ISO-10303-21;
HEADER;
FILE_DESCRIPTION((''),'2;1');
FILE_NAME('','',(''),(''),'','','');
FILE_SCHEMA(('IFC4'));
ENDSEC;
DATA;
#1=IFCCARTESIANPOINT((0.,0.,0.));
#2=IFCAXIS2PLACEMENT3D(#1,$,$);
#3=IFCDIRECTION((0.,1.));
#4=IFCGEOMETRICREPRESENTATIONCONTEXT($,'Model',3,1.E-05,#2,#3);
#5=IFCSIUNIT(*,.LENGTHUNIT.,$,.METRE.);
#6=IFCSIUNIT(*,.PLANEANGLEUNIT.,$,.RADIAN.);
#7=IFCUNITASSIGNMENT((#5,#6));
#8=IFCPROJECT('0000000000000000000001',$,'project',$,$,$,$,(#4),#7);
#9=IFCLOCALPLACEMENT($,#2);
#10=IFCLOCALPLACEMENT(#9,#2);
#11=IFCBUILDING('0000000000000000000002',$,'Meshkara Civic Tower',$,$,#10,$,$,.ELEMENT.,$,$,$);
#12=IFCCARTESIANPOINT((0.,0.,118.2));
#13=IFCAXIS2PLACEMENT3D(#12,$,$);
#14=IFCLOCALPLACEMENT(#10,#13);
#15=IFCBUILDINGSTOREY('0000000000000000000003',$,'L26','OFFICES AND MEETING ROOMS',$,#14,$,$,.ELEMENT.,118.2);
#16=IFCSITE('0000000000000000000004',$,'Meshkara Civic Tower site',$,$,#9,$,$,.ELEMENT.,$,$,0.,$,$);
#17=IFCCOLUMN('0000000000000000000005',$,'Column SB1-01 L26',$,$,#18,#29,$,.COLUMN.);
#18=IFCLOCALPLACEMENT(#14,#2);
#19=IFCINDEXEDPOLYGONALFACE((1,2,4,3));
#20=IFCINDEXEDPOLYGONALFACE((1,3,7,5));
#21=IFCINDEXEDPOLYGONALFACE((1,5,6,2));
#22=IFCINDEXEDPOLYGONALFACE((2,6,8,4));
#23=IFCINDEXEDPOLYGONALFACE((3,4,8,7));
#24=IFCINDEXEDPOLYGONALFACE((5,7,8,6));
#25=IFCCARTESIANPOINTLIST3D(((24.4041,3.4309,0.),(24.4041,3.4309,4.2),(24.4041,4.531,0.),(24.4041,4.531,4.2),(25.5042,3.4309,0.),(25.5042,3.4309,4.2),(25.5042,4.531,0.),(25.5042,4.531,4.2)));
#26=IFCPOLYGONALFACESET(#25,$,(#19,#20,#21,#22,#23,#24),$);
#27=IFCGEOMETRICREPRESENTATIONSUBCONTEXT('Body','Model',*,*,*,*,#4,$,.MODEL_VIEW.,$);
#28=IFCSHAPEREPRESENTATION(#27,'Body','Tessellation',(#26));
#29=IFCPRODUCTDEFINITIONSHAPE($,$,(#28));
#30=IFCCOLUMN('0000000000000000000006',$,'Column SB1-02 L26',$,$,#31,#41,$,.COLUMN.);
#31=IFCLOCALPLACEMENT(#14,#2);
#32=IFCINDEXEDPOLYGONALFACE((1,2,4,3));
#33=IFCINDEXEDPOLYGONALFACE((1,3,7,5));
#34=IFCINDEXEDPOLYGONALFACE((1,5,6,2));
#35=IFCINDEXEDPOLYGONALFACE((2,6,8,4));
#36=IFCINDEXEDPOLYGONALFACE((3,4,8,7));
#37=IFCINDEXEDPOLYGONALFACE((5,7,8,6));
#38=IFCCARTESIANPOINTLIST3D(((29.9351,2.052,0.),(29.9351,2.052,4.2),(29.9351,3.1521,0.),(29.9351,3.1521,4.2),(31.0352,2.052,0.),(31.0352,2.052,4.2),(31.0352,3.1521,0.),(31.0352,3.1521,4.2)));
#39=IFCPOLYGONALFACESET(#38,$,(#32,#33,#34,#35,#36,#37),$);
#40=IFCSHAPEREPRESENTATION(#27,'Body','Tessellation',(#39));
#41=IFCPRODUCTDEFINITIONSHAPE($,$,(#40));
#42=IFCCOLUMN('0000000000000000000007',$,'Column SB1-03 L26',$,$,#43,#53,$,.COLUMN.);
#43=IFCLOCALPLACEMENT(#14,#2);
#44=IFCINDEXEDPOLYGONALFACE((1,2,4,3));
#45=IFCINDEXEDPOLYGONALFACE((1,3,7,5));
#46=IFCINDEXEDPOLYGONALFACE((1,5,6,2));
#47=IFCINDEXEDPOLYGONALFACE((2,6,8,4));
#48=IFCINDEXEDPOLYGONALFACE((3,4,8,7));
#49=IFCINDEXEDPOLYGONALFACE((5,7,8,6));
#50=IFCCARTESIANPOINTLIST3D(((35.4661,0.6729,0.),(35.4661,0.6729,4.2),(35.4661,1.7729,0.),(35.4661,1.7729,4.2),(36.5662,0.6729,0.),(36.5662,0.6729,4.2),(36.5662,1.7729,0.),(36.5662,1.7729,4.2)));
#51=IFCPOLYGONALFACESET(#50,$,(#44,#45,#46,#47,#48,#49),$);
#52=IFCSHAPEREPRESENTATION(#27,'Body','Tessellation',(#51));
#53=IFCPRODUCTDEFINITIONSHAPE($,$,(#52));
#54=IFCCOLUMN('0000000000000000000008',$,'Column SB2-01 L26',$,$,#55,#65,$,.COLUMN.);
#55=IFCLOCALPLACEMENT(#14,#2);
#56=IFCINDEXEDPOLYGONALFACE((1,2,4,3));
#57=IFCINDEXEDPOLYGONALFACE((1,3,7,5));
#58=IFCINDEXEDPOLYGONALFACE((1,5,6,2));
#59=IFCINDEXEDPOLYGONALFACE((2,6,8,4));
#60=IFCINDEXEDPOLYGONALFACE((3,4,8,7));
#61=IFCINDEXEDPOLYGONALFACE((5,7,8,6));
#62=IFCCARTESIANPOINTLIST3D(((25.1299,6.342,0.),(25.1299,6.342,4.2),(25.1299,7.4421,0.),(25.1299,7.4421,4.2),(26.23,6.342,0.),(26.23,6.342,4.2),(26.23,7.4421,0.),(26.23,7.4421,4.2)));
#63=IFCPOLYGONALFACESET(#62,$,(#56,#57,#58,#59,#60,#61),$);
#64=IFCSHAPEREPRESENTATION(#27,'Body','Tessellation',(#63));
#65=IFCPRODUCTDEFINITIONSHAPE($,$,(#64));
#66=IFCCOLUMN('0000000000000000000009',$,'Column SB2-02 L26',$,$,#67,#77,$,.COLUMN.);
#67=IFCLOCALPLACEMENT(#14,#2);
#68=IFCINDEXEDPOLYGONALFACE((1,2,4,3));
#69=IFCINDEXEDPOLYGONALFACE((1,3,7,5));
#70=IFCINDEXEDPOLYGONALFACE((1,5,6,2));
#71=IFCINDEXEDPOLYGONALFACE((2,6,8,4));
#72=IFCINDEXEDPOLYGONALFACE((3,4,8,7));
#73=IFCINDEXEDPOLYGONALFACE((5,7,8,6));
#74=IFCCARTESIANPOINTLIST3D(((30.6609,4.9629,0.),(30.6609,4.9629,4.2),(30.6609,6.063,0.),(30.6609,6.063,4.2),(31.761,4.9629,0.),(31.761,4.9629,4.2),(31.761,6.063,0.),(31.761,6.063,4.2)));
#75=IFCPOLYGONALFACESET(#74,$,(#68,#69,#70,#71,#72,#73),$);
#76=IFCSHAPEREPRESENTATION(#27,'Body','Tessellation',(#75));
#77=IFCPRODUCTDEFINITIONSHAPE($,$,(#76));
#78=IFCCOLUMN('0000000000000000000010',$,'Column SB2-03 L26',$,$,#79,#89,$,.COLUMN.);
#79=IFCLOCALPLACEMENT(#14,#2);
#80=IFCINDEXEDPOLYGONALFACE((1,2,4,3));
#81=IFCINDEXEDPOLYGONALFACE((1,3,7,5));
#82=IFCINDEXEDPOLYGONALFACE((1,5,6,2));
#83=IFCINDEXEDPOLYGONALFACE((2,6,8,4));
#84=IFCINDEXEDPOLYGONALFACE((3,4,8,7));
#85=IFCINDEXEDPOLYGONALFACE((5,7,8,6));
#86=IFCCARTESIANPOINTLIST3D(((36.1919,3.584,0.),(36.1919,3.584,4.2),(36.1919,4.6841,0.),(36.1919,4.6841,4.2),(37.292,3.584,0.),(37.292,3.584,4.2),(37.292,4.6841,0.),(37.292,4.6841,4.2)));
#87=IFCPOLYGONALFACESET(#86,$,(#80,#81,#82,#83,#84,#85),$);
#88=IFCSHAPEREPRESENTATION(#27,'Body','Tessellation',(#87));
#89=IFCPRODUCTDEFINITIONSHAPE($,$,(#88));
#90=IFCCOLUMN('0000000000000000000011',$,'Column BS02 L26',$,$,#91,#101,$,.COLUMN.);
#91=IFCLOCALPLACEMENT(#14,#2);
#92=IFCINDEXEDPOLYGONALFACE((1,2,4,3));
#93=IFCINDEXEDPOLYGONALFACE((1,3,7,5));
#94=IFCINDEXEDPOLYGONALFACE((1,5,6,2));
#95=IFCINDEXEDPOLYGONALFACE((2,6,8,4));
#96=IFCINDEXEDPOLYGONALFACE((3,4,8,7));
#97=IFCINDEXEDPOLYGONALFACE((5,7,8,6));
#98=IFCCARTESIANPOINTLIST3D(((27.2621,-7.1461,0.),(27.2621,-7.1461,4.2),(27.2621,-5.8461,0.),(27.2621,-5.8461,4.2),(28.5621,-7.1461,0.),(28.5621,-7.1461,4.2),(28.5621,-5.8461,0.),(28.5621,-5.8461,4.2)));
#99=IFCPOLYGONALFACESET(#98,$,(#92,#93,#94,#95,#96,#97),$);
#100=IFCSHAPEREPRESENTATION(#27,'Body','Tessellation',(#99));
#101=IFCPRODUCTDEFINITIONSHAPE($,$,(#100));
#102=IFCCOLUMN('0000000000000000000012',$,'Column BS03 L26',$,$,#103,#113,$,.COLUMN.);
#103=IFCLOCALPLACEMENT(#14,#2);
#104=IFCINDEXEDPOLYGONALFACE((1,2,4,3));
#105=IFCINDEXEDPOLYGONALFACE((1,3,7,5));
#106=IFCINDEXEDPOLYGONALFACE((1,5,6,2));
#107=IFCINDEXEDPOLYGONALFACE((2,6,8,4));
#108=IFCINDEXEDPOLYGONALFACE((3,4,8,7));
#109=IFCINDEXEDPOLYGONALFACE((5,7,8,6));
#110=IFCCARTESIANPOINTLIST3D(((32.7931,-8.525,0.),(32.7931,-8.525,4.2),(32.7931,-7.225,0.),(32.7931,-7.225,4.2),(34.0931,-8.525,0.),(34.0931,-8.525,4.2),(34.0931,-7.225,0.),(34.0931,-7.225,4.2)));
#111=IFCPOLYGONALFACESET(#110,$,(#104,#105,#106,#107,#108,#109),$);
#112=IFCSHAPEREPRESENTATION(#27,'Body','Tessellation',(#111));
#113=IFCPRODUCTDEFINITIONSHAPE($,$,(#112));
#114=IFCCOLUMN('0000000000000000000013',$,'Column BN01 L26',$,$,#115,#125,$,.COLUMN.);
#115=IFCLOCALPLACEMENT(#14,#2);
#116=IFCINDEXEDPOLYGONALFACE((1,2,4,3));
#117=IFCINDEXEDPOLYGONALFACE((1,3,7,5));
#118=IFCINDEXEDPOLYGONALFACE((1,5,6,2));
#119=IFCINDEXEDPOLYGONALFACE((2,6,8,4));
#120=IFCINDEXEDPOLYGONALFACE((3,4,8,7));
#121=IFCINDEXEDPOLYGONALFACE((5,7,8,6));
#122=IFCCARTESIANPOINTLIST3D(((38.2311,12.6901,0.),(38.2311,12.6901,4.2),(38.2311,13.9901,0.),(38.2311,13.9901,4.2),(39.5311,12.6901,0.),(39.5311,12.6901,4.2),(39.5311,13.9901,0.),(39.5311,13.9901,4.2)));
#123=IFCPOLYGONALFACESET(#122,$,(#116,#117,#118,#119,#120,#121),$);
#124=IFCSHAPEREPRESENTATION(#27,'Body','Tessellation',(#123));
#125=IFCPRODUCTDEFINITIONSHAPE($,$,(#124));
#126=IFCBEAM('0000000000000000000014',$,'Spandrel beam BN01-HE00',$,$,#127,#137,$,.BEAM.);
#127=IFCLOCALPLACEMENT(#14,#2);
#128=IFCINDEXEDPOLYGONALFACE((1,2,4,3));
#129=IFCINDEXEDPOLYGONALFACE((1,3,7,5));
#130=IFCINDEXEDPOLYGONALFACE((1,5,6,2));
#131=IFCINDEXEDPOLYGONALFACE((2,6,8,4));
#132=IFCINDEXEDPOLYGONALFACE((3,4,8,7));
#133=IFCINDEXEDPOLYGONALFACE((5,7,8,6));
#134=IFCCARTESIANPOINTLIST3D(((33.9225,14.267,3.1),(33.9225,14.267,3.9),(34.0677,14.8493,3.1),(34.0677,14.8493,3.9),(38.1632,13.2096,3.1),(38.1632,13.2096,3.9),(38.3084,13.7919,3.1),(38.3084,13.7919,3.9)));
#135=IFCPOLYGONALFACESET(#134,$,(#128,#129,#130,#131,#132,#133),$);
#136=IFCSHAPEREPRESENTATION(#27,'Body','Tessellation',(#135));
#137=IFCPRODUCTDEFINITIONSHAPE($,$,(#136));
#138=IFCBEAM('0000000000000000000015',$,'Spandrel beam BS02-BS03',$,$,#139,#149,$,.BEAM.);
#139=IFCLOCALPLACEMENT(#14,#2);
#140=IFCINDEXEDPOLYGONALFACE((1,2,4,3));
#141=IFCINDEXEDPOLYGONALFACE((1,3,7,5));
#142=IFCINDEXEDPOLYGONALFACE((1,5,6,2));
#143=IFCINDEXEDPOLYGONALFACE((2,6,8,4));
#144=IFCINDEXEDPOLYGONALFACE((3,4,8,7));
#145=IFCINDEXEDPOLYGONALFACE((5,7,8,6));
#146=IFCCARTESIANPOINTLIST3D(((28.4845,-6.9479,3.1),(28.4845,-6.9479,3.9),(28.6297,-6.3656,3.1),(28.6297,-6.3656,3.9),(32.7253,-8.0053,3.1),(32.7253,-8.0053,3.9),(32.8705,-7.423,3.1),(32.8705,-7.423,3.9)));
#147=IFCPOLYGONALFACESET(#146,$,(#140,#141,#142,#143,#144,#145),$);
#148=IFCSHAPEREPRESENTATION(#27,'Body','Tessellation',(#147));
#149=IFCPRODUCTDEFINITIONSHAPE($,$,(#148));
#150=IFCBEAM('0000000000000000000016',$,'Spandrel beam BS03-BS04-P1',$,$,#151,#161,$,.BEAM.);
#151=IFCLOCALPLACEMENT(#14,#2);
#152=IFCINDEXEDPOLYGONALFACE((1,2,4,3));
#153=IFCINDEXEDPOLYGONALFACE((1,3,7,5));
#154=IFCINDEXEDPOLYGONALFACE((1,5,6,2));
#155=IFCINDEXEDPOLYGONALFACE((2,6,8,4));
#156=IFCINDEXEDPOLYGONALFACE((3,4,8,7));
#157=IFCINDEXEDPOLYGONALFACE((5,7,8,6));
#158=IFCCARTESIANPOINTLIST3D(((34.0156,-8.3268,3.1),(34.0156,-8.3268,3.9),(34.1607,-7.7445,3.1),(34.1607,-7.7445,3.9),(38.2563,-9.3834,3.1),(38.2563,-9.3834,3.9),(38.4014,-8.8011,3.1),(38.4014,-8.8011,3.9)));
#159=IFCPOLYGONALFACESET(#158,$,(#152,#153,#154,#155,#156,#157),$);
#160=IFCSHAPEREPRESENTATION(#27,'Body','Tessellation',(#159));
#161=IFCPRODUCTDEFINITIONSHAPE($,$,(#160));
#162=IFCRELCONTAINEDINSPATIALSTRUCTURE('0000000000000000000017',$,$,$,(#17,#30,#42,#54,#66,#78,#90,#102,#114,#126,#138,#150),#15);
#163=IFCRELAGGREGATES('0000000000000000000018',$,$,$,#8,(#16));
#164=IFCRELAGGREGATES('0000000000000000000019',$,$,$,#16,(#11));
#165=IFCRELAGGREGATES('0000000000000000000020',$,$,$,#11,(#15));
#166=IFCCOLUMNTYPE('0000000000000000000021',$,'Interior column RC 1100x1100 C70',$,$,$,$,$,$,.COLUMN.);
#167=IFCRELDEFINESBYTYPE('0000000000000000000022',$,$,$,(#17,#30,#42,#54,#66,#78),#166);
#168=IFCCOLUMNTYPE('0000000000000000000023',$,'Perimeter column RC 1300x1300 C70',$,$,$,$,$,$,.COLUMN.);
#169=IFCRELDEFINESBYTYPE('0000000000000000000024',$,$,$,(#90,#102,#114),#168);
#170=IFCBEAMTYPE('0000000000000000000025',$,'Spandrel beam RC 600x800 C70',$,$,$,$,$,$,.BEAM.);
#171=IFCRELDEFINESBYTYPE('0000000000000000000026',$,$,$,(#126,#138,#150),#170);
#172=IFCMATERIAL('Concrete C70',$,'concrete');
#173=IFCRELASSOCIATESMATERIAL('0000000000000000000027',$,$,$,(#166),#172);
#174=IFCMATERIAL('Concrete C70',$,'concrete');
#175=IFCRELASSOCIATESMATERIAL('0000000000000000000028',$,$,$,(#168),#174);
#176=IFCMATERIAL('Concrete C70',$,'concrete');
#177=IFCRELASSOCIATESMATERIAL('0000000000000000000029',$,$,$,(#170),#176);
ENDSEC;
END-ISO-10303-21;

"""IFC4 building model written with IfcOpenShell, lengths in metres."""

from ifc_helpers import new_model, si_unit, direction, frame, origin, origin_2d, place, context, subcontext, project, spatial, rectangle, extrude, material, material_profile, profile_set, type_object, element, save


model = new_model("IFC4")

# Units and contexts
model_context = context("Model", 3, precision=1e-05, world=origin(), true_north=direction((0.0, 1.0)))
body_context = subcontext(model_context, "Body", "Model", "MODEL_VIEW")
ifc_project = project(units=[si_unit("LENGTHUNIT", "METRE"), si_unit("PLANEANGLEUNIT", "RADIAN")], contexts=[model_context])

# Site, building, storey
site_placement = place(None, origin())
site = spatial("IfcSite", under=ifc_project, at=site_placement, Name="Meshkara Civic Tower site", CompositionType="ELEMENT", RefElevation=0.0)
building_placement = place(site_placement, origin())
building = spatial("IfcBuilding", under=site, at=building_placement, Name="Meshkara Civic Tower", CompositionType="ELEMENT")
storey_placement = place(building_placement, frame((0.0, 0.0, 118.2)))
storey = spatial("IfcBuildingStorey", under=building, at=storey_placement, Name="L26", Description="OFFICES AND MEETING ROOMS", CompositionType="ELEMENT", Elevation=118.2)

# Columns
ifc_material_1 = material(Name="Concrete C70", Category="concrete")
ifc_material_profile_1 = material_profile(ifc_material_1, rectangle(XDim=1.1001, YDim=1.1001, at=origin_2d()))
ifc_profile_set_1 = profile_set([ifc_material_profile_1], Name="Concrete C70")
column_type_1 = type_object("IfcColumnType", Name="Interior column RC 1100x1100 C70", PredefinedType="COLUMN", material=ifc_profile_set_1)
for number, where, z_axis, x_axis, name in (
    (1, (24.9541, 3.981, 0.0), (0.0, 0.0, 1.0), (1.0, 0.0, 0.0), "Column SB1-01 L26"),
    (2, (30.4851, 2.6021, 0.0), (0.0, 0.0, 1.0), (1.0, 0.0, 0.0), "Column SB1-02 L26"),
    (3, (36.0161, 1.2229, 0.0), (0.0, 0.0, 1.0), (1.0, 0.0, 0.0), "Column SB1-03 L26"),
    (4, (25.6799, 6.8921, 0.0), (0.0, 0.0, 1.0), (1.0, 0.0, 0.0), "Column SB2-01 L26"),
    (5, (31.2109, 5.5129, 0.0), (0.0, 0.0, 1.0), (1.0, 0.0, 0.0), "Column SB2-02 L26"),
    (6, (36.7419, 4.134, 0.0), (0.0, 0.0, 1.0), (1.0, 0.0, 0.0), "Column SB2-03 L26"),
):
    element("IfcColumn", number, at=place(storey_placement, frame(where, z_axis=z_axis, x_axis=x_axis)), inside=storey, type_object=column_type_1, Name=name, PredefinedType="COLUMN", context=body_context, shape_type="SweptSolid", body=[
        extrude(rectangle(XDim=1.1001, YDim=1.1001, at=origin_2d()), origin(), (0.0, 0.0, 1.0), 4.2),
    ])
ifc_material_2 = material(Name="Concrete C70", Category="concrete")
ifc_material_profile_2 = material_profile(ifc_material_2, rectangle(XDim=1.3, YDim=1.3, at=origin_2d()))
ifc_profile_set_2 = profile_set([ifc_material_profile_2], Name="Concrete C70")
column_type_2 = type_object("IfcColumnType", Name="Perimeter column RC 1300x1300 C70", PredefinedType="COLUMN", material=ifc_profile_set_2)
for number, where, z_axis, x_axis, name in (
    (7, (27.9121, -6.4961, 0.0), (0.0, 0.0, 1.0), (1.0, 0.0, 0.0), "Column BS02 L26"),
    (8, (33.4431, -7.875, 0.0), (0.0, 0.0, 1.0), (1.0, 0.0, 0.0), "Column BS03 L26"),
    (9, (38.8811, 13.3401, 0.0), (0.0, 0.0, 1.0), (1.0, 0.0, 0.0), "Column BN01 L26"),
):
    element("IfcColumn", number, at=place(storey_placement, frame(where, z_axis=z_axis, x_axis=x_axis)), inside=storey, type_object=column_type_2, Name=name, PredefinedType="COLUMN", context=body_context, shape_type="SweptSolid", body=[
        extrude(rectangle(XDim=1.3, YDim=1.3, at=origin_2d()), origin(), (0.0, 0.0, 1.0), 4.2),
    ])

# Beams
ifc_material_3 = material(Name="Concrete C70", Category="concrete")
ifc_material_profile_3 = material_profile(ifc_material_3, rectangle(XDim=0.6001, YDim=0.8, at=origin_2d()))
ifc_profile_set_3 = profile_set([ifc_material_profile_3], Name="Concrete C70")
beam_type = type_object("IfcBeamType", Name="Spandrel beam RC 600x800 C70", PredefinedType="BEAM", material=ifc_profile_set_3)
for number, where, z_axis, x_axis, name in (
    (10, (38.2358, 13.5007, 3.5), (-0.970293, 0.241931, 0.0), (-0.241931, -0.970293, 0.0), "Spandrel beam BN01-HE00"),
    (11, (28.5571, -6.6567, 3.5), (0.970293, -0.241931, 0.0), (0.241931, 0.970293, 0.0), "Spandrel beam BS02-BS03"),
):
    element("IfcBeam", number, at=place(storey_placement, frame(where, z_axis=z_axis, x_axis=x_axis)), inside=storey, type_object=beam_type, Name=name, PredefinedType="BEAM", context=body_context, shape_type="SweptSolid", body=[
        extrude(rectangle(XDim=0.6001, YDim=0.8, at=origin_2d()), origin(), (0.0, 0.0, 1.0), 4.3706),
    ])
beam_placement = place(storey_placement, frame((34.0881, -8.0356, 3.5), z_axis=(0.970333, -0.241773, 0.0), x_axis=(0.241773, 0.970333, 0.0)))
element("IfcBeam", 12, at=beam_placement, inside=storey, type_object=beam_type, Name="Spandrel beam BS03-BS04-P1", PredefinedType="BEAM", context=body_context, shape_type="SweptSolid", body=[
    extrude(rectangle(XDim=0.6001, YDim=0.8, at=origin_2d()), origin(), (0.0, 0.0, 1.0), 4.3704),
])

save(model, "model.ifc")
